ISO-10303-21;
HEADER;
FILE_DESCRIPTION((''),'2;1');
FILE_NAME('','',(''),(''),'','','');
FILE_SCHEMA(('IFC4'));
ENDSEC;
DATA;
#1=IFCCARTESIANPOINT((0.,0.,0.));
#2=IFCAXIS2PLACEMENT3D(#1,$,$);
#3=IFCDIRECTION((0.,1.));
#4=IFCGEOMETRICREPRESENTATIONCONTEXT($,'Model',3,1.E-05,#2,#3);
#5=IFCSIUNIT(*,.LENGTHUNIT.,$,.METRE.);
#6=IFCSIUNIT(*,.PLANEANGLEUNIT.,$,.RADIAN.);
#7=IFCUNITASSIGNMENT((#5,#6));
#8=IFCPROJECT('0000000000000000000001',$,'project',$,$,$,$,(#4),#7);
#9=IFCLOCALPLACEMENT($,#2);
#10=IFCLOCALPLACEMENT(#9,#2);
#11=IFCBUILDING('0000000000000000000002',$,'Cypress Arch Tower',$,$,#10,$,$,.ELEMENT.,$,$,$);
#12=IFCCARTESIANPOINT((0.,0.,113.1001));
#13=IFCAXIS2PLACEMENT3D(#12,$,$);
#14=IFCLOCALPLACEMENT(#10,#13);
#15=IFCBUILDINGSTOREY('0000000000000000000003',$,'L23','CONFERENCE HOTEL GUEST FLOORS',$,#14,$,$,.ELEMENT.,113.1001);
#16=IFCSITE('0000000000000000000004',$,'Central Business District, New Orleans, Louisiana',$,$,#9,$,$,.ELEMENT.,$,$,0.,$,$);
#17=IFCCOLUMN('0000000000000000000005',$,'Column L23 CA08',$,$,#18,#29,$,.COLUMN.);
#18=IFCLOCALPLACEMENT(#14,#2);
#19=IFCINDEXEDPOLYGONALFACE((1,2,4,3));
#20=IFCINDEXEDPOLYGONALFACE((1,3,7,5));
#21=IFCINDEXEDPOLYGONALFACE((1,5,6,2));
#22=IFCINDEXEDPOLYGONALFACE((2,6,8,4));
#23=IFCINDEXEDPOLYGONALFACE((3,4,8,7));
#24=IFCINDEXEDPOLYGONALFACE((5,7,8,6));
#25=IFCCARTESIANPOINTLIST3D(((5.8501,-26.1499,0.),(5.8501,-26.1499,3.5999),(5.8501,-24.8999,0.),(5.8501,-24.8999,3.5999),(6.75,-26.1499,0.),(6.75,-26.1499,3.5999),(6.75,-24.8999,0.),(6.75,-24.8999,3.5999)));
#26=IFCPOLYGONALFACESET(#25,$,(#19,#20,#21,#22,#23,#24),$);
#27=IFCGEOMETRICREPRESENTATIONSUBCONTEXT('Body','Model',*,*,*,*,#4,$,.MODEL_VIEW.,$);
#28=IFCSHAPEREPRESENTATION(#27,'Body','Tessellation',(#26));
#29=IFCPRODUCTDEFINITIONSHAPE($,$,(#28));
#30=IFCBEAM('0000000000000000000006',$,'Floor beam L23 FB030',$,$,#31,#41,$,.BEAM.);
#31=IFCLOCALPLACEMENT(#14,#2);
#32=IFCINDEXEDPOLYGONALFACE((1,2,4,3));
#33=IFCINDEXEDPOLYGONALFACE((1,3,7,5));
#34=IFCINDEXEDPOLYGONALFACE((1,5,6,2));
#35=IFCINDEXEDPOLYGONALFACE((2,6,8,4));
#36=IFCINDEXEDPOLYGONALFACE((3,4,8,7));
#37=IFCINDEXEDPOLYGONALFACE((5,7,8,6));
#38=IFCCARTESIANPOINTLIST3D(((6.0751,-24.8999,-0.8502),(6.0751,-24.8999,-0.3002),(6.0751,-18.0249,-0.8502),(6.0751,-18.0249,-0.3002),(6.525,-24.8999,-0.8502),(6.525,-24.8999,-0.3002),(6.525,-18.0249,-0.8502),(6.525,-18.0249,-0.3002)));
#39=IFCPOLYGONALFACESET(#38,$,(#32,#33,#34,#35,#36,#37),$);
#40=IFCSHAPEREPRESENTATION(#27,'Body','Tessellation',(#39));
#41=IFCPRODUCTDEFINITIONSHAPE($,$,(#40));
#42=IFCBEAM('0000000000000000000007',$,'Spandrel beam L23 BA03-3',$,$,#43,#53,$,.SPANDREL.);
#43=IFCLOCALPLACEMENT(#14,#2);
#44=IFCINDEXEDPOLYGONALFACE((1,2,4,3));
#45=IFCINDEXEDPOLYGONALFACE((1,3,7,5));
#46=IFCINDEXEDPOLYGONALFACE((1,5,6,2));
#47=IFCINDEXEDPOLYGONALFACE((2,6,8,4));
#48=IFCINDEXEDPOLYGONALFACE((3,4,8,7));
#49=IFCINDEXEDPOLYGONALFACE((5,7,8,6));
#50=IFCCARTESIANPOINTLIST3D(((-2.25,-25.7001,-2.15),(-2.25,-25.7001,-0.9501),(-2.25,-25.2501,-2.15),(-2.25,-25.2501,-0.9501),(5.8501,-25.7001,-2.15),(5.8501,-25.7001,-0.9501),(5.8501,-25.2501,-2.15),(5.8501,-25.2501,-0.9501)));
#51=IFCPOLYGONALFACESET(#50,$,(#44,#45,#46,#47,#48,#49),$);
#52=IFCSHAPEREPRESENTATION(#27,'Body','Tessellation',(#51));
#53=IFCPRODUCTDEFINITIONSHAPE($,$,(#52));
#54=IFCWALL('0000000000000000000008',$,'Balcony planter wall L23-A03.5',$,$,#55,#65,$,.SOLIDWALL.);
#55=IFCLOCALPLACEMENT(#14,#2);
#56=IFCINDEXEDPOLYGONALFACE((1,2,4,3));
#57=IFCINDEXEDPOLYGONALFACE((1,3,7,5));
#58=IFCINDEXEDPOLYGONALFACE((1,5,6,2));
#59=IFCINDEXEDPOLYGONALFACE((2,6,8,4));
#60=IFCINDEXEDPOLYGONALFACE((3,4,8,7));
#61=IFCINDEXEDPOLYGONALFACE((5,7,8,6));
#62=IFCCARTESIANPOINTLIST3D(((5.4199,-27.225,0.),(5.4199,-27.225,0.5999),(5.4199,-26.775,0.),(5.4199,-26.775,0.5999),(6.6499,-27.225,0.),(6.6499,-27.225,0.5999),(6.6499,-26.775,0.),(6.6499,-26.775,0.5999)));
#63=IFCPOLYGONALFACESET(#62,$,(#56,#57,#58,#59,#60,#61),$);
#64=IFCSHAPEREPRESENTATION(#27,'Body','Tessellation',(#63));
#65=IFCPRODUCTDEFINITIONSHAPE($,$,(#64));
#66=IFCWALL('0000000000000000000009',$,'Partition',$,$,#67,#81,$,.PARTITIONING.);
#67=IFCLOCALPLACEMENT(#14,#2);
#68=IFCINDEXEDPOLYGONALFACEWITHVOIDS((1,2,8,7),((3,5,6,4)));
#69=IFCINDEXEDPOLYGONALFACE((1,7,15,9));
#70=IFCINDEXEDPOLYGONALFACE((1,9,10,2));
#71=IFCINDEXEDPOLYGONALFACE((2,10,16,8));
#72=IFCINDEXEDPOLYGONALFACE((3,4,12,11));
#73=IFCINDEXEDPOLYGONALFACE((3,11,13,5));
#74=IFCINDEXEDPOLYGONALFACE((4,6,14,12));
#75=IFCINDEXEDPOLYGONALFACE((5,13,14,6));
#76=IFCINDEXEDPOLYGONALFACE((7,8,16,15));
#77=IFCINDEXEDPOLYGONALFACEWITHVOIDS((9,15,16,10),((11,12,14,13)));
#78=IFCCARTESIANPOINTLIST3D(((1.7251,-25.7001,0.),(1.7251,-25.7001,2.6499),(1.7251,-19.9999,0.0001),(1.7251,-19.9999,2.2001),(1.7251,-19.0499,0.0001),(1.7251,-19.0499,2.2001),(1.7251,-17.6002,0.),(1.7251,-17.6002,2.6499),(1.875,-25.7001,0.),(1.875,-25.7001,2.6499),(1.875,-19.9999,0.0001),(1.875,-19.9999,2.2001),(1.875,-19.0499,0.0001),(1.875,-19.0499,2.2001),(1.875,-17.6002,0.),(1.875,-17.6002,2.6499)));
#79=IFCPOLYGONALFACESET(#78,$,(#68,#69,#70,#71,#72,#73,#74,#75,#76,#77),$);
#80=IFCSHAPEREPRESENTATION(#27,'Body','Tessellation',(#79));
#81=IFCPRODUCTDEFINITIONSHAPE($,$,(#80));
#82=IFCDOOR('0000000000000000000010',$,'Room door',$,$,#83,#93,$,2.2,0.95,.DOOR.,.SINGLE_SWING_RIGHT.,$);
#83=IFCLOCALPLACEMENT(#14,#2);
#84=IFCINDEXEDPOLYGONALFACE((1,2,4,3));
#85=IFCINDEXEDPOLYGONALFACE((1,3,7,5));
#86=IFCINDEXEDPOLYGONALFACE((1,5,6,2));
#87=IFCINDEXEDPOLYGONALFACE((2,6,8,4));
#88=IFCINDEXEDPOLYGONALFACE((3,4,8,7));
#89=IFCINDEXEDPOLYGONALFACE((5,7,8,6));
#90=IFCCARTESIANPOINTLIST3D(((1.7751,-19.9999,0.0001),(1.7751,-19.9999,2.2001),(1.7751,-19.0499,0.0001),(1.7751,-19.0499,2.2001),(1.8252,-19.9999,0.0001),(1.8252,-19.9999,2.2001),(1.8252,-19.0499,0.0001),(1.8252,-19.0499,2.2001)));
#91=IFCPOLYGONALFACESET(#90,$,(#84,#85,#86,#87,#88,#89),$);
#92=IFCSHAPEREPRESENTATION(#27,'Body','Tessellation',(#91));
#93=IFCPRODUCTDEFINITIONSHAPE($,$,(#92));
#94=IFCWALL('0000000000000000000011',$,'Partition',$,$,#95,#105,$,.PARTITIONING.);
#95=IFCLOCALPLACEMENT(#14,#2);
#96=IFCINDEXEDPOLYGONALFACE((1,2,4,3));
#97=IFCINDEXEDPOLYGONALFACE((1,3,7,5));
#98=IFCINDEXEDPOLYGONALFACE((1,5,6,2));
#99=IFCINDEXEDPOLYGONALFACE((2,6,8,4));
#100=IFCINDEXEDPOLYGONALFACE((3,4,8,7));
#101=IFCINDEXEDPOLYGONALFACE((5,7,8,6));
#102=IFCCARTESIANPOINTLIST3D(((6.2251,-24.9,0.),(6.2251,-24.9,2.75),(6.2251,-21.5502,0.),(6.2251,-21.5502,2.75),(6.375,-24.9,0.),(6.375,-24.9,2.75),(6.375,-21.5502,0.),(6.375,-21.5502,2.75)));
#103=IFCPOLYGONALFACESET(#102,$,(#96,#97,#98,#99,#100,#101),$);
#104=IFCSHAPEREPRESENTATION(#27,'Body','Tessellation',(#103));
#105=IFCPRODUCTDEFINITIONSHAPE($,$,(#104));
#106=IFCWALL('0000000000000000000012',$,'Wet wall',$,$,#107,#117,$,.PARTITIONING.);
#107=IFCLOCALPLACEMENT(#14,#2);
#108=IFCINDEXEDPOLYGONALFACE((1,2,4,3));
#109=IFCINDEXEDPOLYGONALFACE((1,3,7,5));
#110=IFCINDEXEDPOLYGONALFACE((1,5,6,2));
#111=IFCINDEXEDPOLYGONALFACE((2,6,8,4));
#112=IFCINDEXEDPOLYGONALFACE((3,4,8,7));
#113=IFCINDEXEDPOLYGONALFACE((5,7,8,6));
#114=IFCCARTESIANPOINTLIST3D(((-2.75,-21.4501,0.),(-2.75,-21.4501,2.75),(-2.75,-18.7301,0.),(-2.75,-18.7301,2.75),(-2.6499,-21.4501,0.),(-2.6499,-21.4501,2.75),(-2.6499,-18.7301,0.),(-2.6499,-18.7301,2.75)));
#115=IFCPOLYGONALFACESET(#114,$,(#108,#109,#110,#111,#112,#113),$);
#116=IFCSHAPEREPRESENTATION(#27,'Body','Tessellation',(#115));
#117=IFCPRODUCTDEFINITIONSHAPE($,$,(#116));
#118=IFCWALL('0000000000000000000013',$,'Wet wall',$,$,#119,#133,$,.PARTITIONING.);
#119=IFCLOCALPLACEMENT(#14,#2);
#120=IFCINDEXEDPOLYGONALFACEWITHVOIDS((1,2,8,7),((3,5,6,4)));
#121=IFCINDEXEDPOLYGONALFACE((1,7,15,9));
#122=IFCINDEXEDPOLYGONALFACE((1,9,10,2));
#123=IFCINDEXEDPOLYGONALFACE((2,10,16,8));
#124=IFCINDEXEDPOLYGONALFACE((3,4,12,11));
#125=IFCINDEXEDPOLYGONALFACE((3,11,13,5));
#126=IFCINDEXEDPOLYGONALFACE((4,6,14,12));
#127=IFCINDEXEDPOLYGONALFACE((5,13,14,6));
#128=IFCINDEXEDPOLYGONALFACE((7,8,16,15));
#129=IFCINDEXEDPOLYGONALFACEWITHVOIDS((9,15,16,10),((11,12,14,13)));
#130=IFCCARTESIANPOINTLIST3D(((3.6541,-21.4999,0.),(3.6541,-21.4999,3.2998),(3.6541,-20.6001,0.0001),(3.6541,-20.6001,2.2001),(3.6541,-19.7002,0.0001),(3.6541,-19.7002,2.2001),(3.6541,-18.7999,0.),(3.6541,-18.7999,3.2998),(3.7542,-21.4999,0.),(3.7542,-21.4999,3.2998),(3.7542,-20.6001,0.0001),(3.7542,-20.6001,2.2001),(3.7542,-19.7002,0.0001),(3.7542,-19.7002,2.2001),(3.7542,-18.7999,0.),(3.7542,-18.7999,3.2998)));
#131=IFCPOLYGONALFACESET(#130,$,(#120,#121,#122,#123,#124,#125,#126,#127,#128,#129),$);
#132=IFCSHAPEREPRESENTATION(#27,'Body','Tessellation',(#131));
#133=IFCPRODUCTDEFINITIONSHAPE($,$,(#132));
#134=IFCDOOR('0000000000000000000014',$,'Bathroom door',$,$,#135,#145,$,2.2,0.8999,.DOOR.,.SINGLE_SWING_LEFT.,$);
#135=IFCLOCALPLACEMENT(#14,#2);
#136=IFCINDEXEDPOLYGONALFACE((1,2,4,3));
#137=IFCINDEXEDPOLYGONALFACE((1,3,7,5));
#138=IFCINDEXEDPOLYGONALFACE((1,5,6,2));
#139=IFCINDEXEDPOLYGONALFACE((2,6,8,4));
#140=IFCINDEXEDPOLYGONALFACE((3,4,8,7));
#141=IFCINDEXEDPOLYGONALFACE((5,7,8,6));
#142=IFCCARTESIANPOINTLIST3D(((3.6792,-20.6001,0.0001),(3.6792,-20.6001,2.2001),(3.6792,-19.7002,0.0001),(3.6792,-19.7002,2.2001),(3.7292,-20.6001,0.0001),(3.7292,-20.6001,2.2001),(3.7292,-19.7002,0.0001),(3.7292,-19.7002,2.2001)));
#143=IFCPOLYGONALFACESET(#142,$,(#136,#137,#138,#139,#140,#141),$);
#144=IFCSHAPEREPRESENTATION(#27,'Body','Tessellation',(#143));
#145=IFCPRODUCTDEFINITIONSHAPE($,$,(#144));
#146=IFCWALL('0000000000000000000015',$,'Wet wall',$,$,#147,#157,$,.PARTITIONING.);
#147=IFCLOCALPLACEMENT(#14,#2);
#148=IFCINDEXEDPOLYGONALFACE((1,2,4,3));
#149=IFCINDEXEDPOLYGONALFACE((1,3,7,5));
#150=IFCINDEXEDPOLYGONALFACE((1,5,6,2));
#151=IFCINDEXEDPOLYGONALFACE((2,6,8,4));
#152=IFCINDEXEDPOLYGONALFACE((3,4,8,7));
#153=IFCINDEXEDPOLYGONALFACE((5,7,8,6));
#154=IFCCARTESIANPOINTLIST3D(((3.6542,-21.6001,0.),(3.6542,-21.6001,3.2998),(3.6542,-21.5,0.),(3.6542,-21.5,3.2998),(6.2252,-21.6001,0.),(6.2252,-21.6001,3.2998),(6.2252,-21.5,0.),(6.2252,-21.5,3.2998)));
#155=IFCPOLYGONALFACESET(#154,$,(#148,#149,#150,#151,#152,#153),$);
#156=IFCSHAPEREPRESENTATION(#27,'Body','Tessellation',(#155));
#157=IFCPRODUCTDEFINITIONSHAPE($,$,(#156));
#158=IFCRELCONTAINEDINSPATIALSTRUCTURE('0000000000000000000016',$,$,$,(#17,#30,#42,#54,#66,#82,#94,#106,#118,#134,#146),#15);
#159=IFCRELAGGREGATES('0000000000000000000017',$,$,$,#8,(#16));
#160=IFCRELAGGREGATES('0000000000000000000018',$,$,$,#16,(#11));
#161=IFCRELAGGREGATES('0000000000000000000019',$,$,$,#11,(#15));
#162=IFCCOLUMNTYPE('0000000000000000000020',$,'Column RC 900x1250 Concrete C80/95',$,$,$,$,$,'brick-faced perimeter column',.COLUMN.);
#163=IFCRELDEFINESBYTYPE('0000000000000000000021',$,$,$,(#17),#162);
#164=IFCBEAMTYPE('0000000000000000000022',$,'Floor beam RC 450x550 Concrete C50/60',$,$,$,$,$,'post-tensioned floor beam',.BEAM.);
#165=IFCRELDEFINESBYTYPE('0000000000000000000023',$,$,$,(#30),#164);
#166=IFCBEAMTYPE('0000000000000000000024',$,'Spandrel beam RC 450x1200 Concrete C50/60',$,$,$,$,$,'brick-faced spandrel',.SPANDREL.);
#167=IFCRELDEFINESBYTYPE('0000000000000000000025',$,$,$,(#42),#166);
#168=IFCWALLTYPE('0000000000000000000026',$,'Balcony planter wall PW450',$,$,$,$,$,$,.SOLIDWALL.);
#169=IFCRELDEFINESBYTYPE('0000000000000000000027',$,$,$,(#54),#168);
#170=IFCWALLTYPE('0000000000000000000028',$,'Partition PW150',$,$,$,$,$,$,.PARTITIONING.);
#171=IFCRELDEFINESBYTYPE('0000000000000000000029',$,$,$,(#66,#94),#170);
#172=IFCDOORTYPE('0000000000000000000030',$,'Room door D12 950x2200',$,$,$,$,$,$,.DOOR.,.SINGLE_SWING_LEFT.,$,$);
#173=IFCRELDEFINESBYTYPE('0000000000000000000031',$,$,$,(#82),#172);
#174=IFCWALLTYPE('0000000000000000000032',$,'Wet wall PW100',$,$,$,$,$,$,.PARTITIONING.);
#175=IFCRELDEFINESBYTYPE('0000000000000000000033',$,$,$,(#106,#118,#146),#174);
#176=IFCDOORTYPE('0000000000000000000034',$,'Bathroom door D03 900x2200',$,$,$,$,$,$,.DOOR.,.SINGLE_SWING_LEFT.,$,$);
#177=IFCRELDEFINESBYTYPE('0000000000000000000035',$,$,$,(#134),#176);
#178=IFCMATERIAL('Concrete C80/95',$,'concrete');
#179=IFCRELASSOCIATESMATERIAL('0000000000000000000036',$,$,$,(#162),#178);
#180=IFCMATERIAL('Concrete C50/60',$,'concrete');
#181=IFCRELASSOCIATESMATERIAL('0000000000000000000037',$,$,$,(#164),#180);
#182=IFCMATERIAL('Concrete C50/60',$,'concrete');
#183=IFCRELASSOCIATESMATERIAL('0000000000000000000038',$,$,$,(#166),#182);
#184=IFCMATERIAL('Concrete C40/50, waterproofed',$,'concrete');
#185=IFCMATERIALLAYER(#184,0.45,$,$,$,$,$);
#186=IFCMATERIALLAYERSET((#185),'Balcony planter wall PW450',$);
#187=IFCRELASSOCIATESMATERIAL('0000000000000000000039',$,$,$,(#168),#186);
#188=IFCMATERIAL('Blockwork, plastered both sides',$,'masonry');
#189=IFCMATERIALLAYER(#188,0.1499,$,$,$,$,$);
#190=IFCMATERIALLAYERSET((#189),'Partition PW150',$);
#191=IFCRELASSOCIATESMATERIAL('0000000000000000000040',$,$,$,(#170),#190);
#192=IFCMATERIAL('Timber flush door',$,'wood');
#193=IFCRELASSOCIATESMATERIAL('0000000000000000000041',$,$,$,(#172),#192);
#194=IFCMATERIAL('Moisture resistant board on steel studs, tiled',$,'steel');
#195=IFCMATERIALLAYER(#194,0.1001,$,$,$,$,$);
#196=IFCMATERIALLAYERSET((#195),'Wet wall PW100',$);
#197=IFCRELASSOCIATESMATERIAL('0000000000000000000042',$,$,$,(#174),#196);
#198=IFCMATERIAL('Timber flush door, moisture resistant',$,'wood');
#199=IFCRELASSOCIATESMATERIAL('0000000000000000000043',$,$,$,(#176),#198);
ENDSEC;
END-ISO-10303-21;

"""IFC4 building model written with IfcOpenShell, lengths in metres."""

from ifc_helpers import new_model, si_unit, direction, frame, frame_2d, origin, origin_2d, place, context, subcontext, project, spatial, rectangle, extrude, material, layer, layer_set, material_profile, profile_set, type_object, element, fill, save


model = new_model("IFC4")

# Units and contexts
model_context = context("Model", 3, precision=1e-05, world=origin(), true_north=direction((0.0, 1.0)))
body_context = subcontext(model_context, "Body", "Model", "MODEL_VIEW")
ifc_project = project(units=[si_unit("LENGTHUNIT", "METRE"), si_unit("PLANEANGLEUNIT", "RADIAN")], contexts=[model_context])

# Site, building, storey
site_placement = place(None, origin())
site = spatial("IfcSite", under=ifc_project, at=site_placement, Name="Central Business District, New Orleans, Louisiana", CompositionType="ELEMENT", RefElevation=0.0)
building_placement = place(site_placement, origin())
building = spatial("IfcBuilding", under=site, at=building_placement, Name="Cypress Arch Tower", CompositionType="ELEMENT")
storey_placement = place(building_placement, frame((0.0, 0.0, 113.1001)))
storey = spatial("IfcBuildingStorey", under=building, at=storey_placement, Name="L23", Description="CONFERENCE HOTEL GUEST FLOORS", CompositionType="ELEMENT", Elevation=113.1001)

# Column
ifc_material_1 = material(Name="Concrete C80/95", Category="concrete")
ifc_material_profile_1 = material_profile(ifc_material_1, rectangle(XDim=0.8999, YDim=1.25, at=origin_2d()), Name="RC 900x1250")
ifc_profile_set_1 = profile_set([ifc_material_profile_1], Name="Concrete C80/95")
column_type = type_object("IfcColumnType", Name="Column RC 900x1250 Concrete C80/95", ElementType="brick-faced perimeter column", PredefinedType="COLUMN", material=ifc_profile_set_1)
column_placement = place(storey_placement, frame((6.3, -25.5249, 0.0), z_axis=(0.0, 0.0, 1.0), x_axis=(1.0, 0.0, 0.0)))
element("IfcColumn", 1, at=column_placement, inside=storey, type_object=column_type, Name="Column L23 CA08", PredefinedType="COLUMN", context=body_context, shape_type="SweptSolid", body=[
    extrude(rectangle(XDim=0.8999, YDim=1.25, at=origin_2d()), origin(), (0.0, 0.0, 1.0), 3.5999),
])

# Beams
ifc_material_2 = material(Name="Concrete C50/60", Category="concrete")
ifc_material_profile_2 = material_profile(ifc_material_2, rectangle(XDim=0.45, YDim=0.55, at=origin_2d()), Name="RC 450x550")
ifc_profile_set_2 = profile_set([ifc_material_profile_2], Name="Concrete C50/60")
beam_type_1 = type_object("IfcBeamType", Name="Floor beam RC 450x550 Concrete C50/60", ElementType="post-tensioned floor beam", PredefinedType="BEAM", material=ifc_profile_set_2)
beam_1_placement = place(storey_placement, frame((6.3, -24.8999, -0.5752), z_axis=(0.0, 1.0, 0.0), x_axis=(-1.0, 0.0, 0.0)))
element("IfcBeam", 2, at=beam_1_placement, inside=storey, type_object=beam_type_1, Name="Floor beam L23 FB030", PredefinedType="BEAM", context=body_context, shape_type="SweptSolid", body=[
    extrude(rectangle(XDim=0.45, YDim=0.55, at=origin_2d()), origin(), (0.0, 0.0, 1.0), 6.875),
])
ifc_material_3 = material(Name="Concrete C50/60", Category="concrete")
ifc_material_profile_3 = material_profile(ifc_material_3, rectangle(XDim=0.45, YDim=1.2, at=origin_2d()), Name="RC 450x1200")
ifc_profile_set_3 = profile_set([ifc_material_profile_3], Name="Concrete C50/60")
beam_type_2 = type_object("IfcBeamType", Name="Spandrel beam RC 450x1200 Concrete C50/60", ElementType="brick-faced spandrel", PredefinedType="SPANDREL", material=ifc_profile_set_3)
beam_2_placement = place(storey_placement, frame((-2.25, -25.4751, -1.55), z_axis=(1.0, 0.0, 0.0), x_axis=(0.0, 1.0, 0.0)))
element("IfcBeam", 3, at=beam_2_placement, inside=storey, type_object=beam_type_2, Name="Spandrel beam L23 BA03-3", PredefinedType="SPANDREL", context=body_context, shape_type="SweptSolid", body=[
    extrude(rectangle(XDim=0.45, YDim=1.2, at=origin_2d()), origin(), (0.0, 0.0, 1.0), 8.1001),
])

# Wall
ifc_material_4 = material(Name="Concrete C40/50, waterproofed", Category="concrete")
ifc_layer_1 = layer(ifc_material_4, 0.45)
ifc_layer_set_1 = layer_set([ifc_layer_1], Name="Balcony planter wall PW450")
wall_type_1 = type_object("IfcWallType", Name="Balcony planter wall PW450", PredefinedType="SOLIDWALL", material=ifc_layer_set_1)
wall_1_placement = place(storey_placement, frame((5.4199, -27.0, 0.0), z_axis=(0.0, 0.0, 1.0), x_axis=(1.0, 0.0, 0.0)))
element("IfcWall", 4, at=wall_1_placement, inside=storey, type_object=wall_type_1, Name="Balcony planter wall L23-A03.5", PredefinedType="SOLIDWALL", context=body_context, shape_type="SweptSolid", body=[
    extrude(rectangle(XDim=1.23, YDim=0.45, at=frame_2d((0.615, 0.0))), origin(), (0.0, 0.0, 1.0), 0.5999),
])

# Wall, opening, door
ifc_material_5 = material(Name="Blockwork, plastered both sides", Category="masonry")
ifc_layer_2 = layer(ifc_material_5, 0.1499)
ifc_layer_set_2 = layer_set([ifc_layer_2], Name="Partition PW150")
wall_type_2 = type_object("IfcWallType", Name="Partition PW150", PredefinedType="PARTITIONING", material=ifc_layer_set_2)
wall_2_placement = place(storey_placement, frame((1.8, -25.7, 0.0), z_axis=(0.0, 0.0, 1.0), x_axis=(0.0, 1.0, 0.0)))
wall_2 = element("IfcWall", 5, at=wall_2_placement, inside=storey, type_object=wall_type_2, Name="Partition", PredefinedType="PARTITIONING", context=body_context, shape_type="SweptSolid", body=[
    extrude(rectangle(XDim=8.0999, YDim=0.1499, at=frame_2d((4.0498, 0.0))), origin(), (0.0, 0.0, 1.0), 2.6499),
])
opening_1_placement = place(wall_2_placement, frame((5.7, 0.0, 0.0)))
opening_1 = element("IfcOpeningElement", 6, at=opening_1_placement, cuts=wall_2, PredefinedType="OPENING", context=body_context, shape_type="SweptSolid", body=[
    extrude(rectangle(XDim=0.95, YDim=2.2, at=frame_2d((0.4751, 1.1001))), frame((0.0, 0.085, 0.0), z_axis=(0.0, -1.0, 0.0), x_axis=(1.0, 0.0, 0.0)), (0.0, 0.0, 1.0), 0.1699),
])
ifc_material_6 = material(Name="Timber flush door", Category="wood")
door_type_1 = type_object("IfcDoorType", Name="Room door D12 950x2200", OperationType="SINGLE_SWING_LEFT", PredefinedType="DOOR", material=ifc_material_6)
door_1_placement = place(opening_1_placement, origin())
door_1 = element("IfcDoor", 7, at=door_1_placement, inside=storey, type_object=door_type_1, Name="Room door", OperationType="SINGLE_SWING_RIGHT", OverallHeight=2.2, OverallWidth=0.95, PredefinedType="DOOR", context=body_context, shape_type="SweptSolid", body=[
    extrude(rectangle(XDim=0.95, YDim=2.2, at=frame_2d((0.4751, 1.1001))), frame((0.0, 0.0249, 0.0), z_axis=(0.0, -1.0, 0.0), x_axis=(1.0, 0.0, 0.0)), (0.0, 0.0, 1.0), 0.05),
])
fill(opening_1, door_1)

# Walls
wall_3_placement = place(storey_placement, frame((6.3, -24.8999, 0.0), z_axis=(0.0, 0.0, 1.0), x_axis=(0.0, 1.0, 0.0)))
element("IfcWall", 8, at=wall_3_placement, inside=storey, type_object=wall_type_2, Name="Partition", PredefinedType="PARTITIONING", context=body_context, shape_type="SweptSolid", body=[
    extrude(rectangle(XDim=3.3499, YDim=0.1499, at=frame_2d((1.6748, 0.0))), origin(), (0.0, 0.0, 1.0), 2.75),
])
ifc_material_7 = material(Name="Moisture resistant board on steel studs, tiled", Category="steel")
ifc_layer_3 = layer(ifc_material_7, 0.1001)
ifc_layer_set_3 = layer_set([ifc_layer_3], Name="Wet wall PW100")
wall_type_3 = type_object("IfcWallType", Name="Wet wall PW100", PredefinedType="PARTITIONING", material=ifc_layer_set_3)
wall_4_placement = place(storey_placement, frame((-2.7, -21.45, 0.0), z_axis=(0.0, 0.0, 1.0), x_axis=(0.0, 1.0, 0.0)))
element("IfcWall", 9, at=wall_4_placement, inside=storey, type_object=wall_type_3, Name="Wet wall", PredefinedType="PARTITIONING", context=body_context, shape_type="SweptSolid", body=[
    extrude(rectangle(XDim=2.72, YDim=0.1001, at=frame_2d((1.3599, 0.0))), origin(), (0.0, 0.0, 1.0), 2.75),
])

# Wall, opening, door
wall_5_placement = place(storey_placement, frame((3.7041, -21.5, 0.0), z_axis=(0.0, 0.0, 1.0), x_axis=(0.0, 1.0, 0.0)))
wall_5 = element("IfcWall", 10, at=wall_5_placement, inside=storey, type_object=wall_type_3, Name="Wet wall", PredefinedType="PARTITIONING", context=body_context, shape_type="SweptSolid", body=[
    extrude(rectangle(XDim=2.7, YDim=0.1001, at=frame_2d((1.3501, 0.0))), origin(), (0.0, 0.0, 1.0), 3.2998),
])
opening_2_placement = place(wall_5_placement, frame((0.8999, 0.0, 0.0)))
opening_2 = element("IfcOpeningElement", 11, at=opening_2_placement, cuts=wall_5, PredefinedType="OPENING", context=body_context, shape_type="SweptSolid", body=[
    extrude(rectangle(XDim=0.8999, YDim=2.2, at=frame_2d((0.45, 1.1001))), frame((0.0, 0.0601, 0.0), z_axis=(0.0, -1.0, 0.0), x_axis=(1.0, 0.0, 0.0)), (0.0, 0.0, 1.0), 0.1201),
])
ifc_material_8 = material(Name="Timber flush door, moisture resistant", Category="wood")
door_type_2 = type_object("IfcDoorType", Name="Bathroom door D03 900x2200", OperationType="SINGLE_SWING_LEFT", PredefinedType="DOOR", material=ifc_material_8)
door_2_placement = place(opening_2_placement, origin())
door_2 = element("IfcDoor", 12, at=door_2_placement, inside=storey, type_object=door_type_2, Name="Bathroom door", OperationType="SINGLE_SWING_LEFT", OverallHeight=2.2, OverallWidth=0.8999, PredefinedType="DOOR", context=body_context, shape_type="SweptSolid", body=[
    extrude(rectangle(XDim=0.8999, YDim=2.2, at=frame_2d((0.45, 1.1001))), frame((0.0, 0.0249, 0.0), z_axis=(0.0, -1.0, 0.0), x_axis=(1.0, 0.0, 0.0)), (0.0, 0.0, 1.0), 0.05),
])
fill(opening_2, door_2)

# Wall
wall_6_placement = place(storey_placement, frame((3.6541, -21.55, 0.0), z_axis=(0.0, 0.0, 1.0), x_axis=(1.0, 0.0, 0.0)))
element("IfcWall", 13, at=wall_6_placement, inside=storey, type_object=wall_type_3, Name="Wet wall", PredefinedType="PARTITIONING", context=body_context, shape_type="SweptSolid", body=[
    extrude(rectangle(XDim=2.571, YDim=0.1001, at=frame_2d((1.2856, 0.0))), origin(), (0.0, 0.0, 1.0), 3.2998),
])

save(model, "model.ifc")
